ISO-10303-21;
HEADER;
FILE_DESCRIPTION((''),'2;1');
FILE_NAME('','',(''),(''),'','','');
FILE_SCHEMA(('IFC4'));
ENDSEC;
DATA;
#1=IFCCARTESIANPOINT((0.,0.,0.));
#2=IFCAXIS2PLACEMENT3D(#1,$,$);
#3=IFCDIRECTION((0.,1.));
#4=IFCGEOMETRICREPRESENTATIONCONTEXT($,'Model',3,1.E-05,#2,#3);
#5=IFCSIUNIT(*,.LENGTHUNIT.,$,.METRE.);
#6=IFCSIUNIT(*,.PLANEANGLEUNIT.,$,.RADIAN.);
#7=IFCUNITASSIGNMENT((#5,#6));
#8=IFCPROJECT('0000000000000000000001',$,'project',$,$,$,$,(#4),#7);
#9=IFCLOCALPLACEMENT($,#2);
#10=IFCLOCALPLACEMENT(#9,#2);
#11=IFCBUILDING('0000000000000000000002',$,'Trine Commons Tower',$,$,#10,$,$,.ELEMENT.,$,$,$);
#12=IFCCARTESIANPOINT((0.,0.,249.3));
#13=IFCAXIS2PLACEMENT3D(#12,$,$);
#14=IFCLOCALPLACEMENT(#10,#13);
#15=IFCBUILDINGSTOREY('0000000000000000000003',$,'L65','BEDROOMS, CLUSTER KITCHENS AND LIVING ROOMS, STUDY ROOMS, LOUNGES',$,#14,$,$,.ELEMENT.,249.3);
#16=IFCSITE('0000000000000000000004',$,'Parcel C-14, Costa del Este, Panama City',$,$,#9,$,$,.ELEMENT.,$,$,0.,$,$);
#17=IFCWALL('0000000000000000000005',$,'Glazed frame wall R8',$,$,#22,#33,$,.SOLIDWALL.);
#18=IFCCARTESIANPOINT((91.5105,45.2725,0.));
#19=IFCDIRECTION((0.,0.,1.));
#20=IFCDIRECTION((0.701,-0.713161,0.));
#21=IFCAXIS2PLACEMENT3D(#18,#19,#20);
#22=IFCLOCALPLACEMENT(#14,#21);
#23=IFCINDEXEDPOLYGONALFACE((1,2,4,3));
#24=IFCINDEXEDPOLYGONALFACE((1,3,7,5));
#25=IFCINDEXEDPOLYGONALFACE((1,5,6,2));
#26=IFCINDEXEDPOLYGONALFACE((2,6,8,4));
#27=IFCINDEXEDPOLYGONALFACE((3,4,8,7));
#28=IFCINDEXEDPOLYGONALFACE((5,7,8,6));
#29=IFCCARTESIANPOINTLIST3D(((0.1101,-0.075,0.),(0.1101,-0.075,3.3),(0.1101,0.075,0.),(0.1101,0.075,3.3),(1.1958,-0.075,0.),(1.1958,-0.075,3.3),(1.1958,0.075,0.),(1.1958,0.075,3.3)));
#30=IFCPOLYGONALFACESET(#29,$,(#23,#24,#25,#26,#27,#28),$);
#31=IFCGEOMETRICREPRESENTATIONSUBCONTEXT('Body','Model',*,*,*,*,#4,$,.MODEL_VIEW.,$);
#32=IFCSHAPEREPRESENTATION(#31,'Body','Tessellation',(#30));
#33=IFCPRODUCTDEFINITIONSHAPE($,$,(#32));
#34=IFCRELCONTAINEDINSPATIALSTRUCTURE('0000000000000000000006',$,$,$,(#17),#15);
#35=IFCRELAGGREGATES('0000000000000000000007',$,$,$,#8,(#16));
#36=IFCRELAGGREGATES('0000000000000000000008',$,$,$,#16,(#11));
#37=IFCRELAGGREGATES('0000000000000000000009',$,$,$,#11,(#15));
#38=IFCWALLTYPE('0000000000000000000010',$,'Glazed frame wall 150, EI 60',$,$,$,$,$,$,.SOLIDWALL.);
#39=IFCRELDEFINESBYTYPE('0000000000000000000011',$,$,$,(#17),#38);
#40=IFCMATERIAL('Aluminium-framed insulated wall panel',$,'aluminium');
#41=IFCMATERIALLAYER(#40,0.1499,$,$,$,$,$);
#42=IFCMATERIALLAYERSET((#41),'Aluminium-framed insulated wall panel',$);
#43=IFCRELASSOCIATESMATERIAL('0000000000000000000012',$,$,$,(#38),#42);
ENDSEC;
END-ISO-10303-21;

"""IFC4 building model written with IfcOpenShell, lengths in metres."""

from ifc_helpers import new_model, si_unit, direction, frame, origin, place, context, subcontext, project, spatial, polyline, outline, extrude, material, layer, layer_set, type_object, element, save


model = new_model("IFC4")

# Units and contexts
model_context = context("Model", 3, precision=1e-05, world=origin(), true_north=direction((0.0, 1.0)))
body_context = subcontext(model_context, "Body", "Model", "MODEL_VIEW")
ifc_project = project(units=[si_unit("LENGTHUNIT", "METRE"), si_unit("PLANEANGLEUNIT", "RADIAN")], contexts=[model_context])

# Site, building, storey
site_placement = place(None, origin())
site = spatial("IfcSite", under=ifc_project, at=site_placement, Name="Parcel C-14, Costa del Este, Panama City", CompositionType="ELEMENT", RefElevation=0.0)
building_placement = place(site_placement, origin())
building = spatial("IfcBuilding", under=site, at=building_placement, Name="Trine Commons Tower", CompositionType="ELEMENT")
storey_placement = place(building_placement, frame((0.0, 0.0, 249.3)))
storey = spatial("IfcBuildingStorey", under=building, at=storey_placement, Name="L65", Description="BEDROOMS, CLUSTER KITCHENS AND LIVING ROOMS, STUDY ROOMS, LOUNGES", CompositionType="ELEMENT", Elevation=249.3)

# Shared definitions
ifc_material_1 = material(Name="Aluminium-framed insulated wall panel", Category="aluminium")
ifc_layer_1 = layer(ifc_material_1, 0.1499)
ifc_layer_set_1 = layer_set([ifc_layer_1], Name="Aluminium-framed insulated wall panel")
wall_type_1 = type_object("IfcWallType", Name="Glazed frame wall 150, EI 60", PredefinedType="SOLIDWALL", material=ifc_layer_set_1)

# Wall
wall_1_placement = place(storey_placement, frame((91.5105, 45.2725, 0.0), z_axis=(0.0, 0.0, 1.0), x_axis=(0.701, -0.713161, 0.0)))
element("IfcWall", 1, at=wall_1_placement, inside=storey, type_object=wall_type_1, Name="Glazed frame wall R8", PredefinedType="SOLIDWALL", context=body_context, shape_type="SweptSolid", body=[
    extrude(outline(polyline([(0.1101, 0.075), (0.1101, -0.075), (1.1958, -0.075), (1.1958, 0.075), (0.1101, 0.075)])), origin(), (0.0, 0.0, 1.0), 3.3),
])

save(model, "model.ifc")
